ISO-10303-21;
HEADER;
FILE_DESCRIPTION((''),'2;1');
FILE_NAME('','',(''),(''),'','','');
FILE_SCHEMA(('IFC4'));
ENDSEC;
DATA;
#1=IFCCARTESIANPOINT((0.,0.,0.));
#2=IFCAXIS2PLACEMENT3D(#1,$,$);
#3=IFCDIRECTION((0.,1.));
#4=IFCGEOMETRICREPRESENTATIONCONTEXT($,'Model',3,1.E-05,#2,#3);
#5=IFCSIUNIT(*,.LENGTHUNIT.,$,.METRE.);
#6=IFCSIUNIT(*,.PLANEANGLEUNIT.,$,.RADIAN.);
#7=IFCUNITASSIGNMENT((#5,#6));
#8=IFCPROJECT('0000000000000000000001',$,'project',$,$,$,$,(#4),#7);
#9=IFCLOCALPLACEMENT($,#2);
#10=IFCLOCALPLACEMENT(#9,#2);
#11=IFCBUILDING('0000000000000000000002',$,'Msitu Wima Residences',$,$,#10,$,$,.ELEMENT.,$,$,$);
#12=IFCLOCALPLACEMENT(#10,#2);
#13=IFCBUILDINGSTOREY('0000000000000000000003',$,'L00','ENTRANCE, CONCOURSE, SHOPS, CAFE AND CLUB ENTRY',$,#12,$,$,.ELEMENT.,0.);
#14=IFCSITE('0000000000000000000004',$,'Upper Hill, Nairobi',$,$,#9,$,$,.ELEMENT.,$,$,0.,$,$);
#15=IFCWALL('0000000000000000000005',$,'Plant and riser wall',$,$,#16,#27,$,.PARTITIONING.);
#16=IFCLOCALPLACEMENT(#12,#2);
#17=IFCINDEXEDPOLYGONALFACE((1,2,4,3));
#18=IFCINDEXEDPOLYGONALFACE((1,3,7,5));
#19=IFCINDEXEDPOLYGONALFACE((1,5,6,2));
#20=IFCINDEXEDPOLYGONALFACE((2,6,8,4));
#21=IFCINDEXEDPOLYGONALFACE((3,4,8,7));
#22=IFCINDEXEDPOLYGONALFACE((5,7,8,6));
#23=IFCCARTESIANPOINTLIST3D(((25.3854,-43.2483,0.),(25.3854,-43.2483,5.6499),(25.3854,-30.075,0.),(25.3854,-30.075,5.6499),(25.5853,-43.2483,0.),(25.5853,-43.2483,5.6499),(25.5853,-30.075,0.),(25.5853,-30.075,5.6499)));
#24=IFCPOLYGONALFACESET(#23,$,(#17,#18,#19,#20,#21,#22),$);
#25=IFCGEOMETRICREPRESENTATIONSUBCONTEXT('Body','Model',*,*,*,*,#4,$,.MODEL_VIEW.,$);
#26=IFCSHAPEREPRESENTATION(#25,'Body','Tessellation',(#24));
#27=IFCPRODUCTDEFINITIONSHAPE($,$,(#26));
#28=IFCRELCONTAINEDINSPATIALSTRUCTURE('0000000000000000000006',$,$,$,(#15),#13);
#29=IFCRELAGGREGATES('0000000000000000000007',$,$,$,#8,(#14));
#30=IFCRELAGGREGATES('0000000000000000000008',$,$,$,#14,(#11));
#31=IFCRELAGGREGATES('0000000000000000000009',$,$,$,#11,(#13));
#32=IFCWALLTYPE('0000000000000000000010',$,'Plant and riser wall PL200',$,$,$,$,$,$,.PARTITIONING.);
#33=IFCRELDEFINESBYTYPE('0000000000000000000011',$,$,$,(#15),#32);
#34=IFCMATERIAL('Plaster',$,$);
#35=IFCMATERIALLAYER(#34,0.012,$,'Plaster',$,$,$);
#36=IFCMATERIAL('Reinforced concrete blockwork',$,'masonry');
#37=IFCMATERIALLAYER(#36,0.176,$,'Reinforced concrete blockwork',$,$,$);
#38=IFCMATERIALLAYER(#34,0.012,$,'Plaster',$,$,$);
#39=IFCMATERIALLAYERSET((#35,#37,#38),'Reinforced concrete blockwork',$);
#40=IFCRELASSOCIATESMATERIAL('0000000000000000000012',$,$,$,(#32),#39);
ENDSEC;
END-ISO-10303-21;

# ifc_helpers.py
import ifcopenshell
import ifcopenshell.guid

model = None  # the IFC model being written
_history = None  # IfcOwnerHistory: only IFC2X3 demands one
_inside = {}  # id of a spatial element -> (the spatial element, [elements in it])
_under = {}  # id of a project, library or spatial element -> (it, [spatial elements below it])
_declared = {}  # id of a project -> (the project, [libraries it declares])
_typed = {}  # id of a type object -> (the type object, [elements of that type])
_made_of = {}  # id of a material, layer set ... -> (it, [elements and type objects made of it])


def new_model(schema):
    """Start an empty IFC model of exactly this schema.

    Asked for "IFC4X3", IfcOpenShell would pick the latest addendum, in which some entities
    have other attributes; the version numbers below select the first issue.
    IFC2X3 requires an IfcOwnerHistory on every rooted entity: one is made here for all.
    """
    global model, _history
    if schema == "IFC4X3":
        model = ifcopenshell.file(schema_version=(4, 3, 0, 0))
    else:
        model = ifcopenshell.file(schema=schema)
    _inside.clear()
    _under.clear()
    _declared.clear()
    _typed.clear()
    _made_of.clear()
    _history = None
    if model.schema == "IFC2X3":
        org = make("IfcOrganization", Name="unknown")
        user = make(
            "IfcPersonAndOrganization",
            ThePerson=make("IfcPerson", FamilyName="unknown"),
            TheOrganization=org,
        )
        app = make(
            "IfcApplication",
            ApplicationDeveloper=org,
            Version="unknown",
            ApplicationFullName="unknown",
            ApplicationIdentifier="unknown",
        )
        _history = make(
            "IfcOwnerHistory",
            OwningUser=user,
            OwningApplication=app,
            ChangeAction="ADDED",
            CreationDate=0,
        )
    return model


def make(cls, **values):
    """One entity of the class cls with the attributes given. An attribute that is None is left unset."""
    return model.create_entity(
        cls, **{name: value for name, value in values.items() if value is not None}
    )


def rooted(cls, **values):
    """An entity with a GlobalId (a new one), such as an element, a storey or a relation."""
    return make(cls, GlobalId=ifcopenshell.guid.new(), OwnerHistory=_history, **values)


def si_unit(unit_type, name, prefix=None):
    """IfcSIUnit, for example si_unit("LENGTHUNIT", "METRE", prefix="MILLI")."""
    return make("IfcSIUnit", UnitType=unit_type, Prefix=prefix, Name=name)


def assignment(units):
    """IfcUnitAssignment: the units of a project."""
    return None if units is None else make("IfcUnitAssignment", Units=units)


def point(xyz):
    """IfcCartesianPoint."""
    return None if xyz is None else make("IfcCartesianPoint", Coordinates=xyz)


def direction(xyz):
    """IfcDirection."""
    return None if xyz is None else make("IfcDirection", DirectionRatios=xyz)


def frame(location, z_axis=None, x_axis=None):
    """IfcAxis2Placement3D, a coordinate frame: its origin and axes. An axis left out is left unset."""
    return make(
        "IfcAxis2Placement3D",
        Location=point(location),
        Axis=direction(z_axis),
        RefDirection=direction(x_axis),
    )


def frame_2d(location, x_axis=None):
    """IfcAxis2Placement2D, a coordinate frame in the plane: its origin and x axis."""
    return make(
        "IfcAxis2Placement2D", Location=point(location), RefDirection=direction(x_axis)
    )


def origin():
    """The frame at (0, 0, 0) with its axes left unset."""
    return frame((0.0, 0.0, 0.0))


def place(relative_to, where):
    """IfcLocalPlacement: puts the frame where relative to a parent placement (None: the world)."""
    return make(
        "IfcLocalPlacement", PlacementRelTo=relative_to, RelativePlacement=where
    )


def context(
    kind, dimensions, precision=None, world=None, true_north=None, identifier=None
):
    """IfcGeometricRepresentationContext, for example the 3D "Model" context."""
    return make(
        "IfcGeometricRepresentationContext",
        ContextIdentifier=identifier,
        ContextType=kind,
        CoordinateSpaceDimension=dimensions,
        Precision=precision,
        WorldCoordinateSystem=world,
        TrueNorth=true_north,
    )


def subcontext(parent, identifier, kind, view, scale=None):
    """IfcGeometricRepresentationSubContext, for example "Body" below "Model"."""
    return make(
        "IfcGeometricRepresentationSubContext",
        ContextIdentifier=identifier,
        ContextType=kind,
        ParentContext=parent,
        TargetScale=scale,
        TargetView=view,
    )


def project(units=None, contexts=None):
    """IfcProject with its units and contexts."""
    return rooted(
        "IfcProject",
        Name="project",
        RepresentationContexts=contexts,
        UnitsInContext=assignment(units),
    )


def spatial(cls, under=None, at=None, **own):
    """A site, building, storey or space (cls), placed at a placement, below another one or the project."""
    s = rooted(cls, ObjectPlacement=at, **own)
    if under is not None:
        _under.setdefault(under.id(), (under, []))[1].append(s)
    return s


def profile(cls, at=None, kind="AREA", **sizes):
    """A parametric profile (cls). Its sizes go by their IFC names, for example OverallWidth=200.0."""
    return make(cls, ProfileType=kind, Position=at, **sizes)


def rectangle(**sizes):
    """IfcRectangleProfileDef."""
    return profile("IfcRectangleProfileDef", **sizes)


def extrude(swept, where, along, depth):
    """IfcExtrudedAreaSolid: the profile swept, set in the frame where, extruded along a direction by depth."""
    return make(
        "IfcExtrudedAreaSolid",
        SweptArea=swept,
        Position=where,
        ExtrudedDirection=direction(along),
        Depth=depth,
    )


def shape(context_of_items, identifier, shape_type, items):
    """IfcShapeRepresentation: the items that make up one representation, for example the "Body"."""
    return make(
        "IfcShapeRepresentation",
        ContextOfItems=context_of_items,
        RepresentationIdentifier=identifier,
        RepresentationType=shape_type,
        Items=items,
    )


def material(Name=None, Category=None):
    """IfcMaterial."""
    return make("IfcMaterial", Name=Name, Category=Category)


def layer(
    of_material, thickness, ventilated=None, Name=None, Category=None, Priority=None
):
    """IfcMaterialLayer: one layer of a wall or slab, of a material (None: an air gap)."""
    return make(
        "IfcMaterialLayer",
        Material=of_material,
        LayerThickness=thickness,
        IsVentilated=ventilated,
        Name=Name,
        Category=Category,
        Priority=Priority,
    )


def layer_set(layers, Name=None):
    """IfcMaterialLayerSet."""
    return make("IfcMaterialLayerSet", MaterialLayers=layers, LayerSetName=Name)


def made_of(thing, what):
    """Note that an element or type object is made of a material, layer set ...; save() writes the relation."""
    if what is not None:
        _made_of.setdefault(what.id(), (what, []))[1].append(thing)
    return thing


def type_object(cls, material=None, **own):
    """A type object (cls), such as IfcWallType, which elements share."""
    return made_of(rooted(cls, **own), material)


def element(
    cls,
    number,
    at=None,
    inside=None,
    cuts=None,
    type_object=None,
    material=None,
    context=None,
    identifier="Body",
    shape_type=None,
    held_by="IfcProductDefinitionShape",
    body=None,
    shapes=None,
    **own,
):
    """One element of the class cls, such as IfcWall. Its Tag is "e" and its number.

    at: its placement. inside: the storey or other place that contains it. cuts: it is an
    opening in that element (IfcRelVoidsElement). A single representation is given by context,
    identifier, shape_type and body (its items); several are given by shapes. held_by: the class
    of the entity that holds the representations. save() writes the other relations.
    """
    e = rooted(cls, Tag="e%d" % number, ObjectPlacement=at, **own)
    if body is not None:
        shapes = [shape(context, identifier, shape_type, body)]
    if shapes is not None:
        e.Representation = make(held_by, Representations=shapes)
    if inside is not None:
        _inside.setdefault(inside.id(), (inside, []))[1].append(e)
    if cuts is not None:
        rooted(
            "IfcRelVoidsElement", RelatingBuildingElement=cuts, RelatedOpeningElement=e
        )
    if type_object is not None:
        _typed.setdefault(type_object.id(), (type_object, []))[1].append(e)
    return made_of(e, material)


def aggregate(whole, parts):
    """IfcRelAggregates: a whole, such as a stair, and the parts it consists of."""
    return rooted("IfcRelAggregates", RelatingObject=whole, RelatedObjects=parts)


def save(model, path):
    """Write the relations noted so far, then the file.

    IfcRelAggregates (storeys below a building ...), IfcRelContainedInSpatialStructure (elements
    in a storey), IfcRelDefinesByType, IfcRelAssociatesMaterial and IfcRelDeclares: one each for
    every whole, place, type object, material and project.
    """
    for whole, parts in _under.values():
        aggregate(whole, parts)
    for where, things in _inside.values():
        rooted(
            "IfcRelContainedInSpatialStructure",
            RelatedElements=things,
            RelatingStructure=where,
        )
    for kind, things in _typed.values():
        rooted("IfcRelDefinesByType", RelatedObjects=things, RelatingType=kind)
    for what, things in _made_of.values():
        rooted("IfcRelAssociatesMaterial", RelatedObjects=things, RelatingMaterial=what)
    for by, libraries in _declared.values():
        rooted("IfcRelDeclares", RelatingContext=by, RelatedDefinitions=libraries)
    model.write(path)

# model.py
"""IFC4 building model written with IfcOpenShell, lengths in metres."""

from ifc_helpers import new_model, si_unit, direction, frame, frame_2d, origin, place, context, subcontext, project, spatial, rectangle, extrude, material, layer, layer_set, type_object, element, save


model = new_model("IFC4")

# Units and contexts
model_context = context("Model", 3, precision=1e-05, world=origin(), true_north=direction((0.0, 1.0)))
body_context = subcontext(model_context, "Body", "Model", "MODEL_VIEW")
ifc_project = project(units=[si_unit("LENGTHUNIT", "METRE"), si_unit("PLANEANGLEUNIT", "RADIAN")], contexts=[model_context])

# Site, building, storey
site_placement = place(None, origin())
site = spatial("IfcSite", under=ifc_project, at=site_placement, Name="Upper Hill, Nairobi", CompositionType="ELEMENT", RefElevation=0.0)
building_placement = place(site_placement, origin())
building = spatial("IfcBuilding", under=site, at=building_placement, Name="Msitu Wima Residences", CompositionType="ELEMENT")
storey_placement = place(building_placement, origin())
storey = spatial("IfcBuildingStorey", under=building, at=storey_placement, Name="L00", Description="ENTRANCE, CONCOURSE, SHOPS, CAFE AND CLUB ENTRY", CompositionType="ELEMENT", Elevation=0.0)

# Wall
ifc_material_1 = material(Name="Plaster")
ifc_layer_1 = layer(ifc_material_1, 0.012, Name="Plaster")
ifc_material_2 = material(Name="Reinforced concrete blockwork", Category="masonry")
ifc_layer_2 = layer(ifc_material_2, 0.176, Name="Reinforced concrete blockwork")
ifc_layer_3 = layer(ifc_material_1, 0.012, Name="Plaster")
ifc_layer_set_1 = layer_set([ifc_layer_1, ifc_layer_2, ifc_layer_3], Name="Reinforced concrete blockwork")
wall_type_1 = type_object("IfcWallType", Name="Plant and riser wall PL200", PredefinedType="PARTITIONING", material=ifc_layer_set_1)
wall_1_placement = place(storey_placement, frame((25.4854, -43.2483, 0.0), z_axis=(0.0, 0.0, 1.0), x_axis=(0.0, 1.0, 0.0)))
element("IfcWall", 1, at=wall_1_placement, inside=storey, type_object=wall_type_1, Name="Plant and riser wall", PredefinedType="PARTITIONING", context=body_context, shape_type="SweptSolid", body=[
    extrude(rectangle(XDim=13.1733, YDim=0.2, at=frame_2d((6.5867, 0.0))), origin(), (0.0, 0.0, 1.0), 5.6499),
])

save(model, "model.ifc")
